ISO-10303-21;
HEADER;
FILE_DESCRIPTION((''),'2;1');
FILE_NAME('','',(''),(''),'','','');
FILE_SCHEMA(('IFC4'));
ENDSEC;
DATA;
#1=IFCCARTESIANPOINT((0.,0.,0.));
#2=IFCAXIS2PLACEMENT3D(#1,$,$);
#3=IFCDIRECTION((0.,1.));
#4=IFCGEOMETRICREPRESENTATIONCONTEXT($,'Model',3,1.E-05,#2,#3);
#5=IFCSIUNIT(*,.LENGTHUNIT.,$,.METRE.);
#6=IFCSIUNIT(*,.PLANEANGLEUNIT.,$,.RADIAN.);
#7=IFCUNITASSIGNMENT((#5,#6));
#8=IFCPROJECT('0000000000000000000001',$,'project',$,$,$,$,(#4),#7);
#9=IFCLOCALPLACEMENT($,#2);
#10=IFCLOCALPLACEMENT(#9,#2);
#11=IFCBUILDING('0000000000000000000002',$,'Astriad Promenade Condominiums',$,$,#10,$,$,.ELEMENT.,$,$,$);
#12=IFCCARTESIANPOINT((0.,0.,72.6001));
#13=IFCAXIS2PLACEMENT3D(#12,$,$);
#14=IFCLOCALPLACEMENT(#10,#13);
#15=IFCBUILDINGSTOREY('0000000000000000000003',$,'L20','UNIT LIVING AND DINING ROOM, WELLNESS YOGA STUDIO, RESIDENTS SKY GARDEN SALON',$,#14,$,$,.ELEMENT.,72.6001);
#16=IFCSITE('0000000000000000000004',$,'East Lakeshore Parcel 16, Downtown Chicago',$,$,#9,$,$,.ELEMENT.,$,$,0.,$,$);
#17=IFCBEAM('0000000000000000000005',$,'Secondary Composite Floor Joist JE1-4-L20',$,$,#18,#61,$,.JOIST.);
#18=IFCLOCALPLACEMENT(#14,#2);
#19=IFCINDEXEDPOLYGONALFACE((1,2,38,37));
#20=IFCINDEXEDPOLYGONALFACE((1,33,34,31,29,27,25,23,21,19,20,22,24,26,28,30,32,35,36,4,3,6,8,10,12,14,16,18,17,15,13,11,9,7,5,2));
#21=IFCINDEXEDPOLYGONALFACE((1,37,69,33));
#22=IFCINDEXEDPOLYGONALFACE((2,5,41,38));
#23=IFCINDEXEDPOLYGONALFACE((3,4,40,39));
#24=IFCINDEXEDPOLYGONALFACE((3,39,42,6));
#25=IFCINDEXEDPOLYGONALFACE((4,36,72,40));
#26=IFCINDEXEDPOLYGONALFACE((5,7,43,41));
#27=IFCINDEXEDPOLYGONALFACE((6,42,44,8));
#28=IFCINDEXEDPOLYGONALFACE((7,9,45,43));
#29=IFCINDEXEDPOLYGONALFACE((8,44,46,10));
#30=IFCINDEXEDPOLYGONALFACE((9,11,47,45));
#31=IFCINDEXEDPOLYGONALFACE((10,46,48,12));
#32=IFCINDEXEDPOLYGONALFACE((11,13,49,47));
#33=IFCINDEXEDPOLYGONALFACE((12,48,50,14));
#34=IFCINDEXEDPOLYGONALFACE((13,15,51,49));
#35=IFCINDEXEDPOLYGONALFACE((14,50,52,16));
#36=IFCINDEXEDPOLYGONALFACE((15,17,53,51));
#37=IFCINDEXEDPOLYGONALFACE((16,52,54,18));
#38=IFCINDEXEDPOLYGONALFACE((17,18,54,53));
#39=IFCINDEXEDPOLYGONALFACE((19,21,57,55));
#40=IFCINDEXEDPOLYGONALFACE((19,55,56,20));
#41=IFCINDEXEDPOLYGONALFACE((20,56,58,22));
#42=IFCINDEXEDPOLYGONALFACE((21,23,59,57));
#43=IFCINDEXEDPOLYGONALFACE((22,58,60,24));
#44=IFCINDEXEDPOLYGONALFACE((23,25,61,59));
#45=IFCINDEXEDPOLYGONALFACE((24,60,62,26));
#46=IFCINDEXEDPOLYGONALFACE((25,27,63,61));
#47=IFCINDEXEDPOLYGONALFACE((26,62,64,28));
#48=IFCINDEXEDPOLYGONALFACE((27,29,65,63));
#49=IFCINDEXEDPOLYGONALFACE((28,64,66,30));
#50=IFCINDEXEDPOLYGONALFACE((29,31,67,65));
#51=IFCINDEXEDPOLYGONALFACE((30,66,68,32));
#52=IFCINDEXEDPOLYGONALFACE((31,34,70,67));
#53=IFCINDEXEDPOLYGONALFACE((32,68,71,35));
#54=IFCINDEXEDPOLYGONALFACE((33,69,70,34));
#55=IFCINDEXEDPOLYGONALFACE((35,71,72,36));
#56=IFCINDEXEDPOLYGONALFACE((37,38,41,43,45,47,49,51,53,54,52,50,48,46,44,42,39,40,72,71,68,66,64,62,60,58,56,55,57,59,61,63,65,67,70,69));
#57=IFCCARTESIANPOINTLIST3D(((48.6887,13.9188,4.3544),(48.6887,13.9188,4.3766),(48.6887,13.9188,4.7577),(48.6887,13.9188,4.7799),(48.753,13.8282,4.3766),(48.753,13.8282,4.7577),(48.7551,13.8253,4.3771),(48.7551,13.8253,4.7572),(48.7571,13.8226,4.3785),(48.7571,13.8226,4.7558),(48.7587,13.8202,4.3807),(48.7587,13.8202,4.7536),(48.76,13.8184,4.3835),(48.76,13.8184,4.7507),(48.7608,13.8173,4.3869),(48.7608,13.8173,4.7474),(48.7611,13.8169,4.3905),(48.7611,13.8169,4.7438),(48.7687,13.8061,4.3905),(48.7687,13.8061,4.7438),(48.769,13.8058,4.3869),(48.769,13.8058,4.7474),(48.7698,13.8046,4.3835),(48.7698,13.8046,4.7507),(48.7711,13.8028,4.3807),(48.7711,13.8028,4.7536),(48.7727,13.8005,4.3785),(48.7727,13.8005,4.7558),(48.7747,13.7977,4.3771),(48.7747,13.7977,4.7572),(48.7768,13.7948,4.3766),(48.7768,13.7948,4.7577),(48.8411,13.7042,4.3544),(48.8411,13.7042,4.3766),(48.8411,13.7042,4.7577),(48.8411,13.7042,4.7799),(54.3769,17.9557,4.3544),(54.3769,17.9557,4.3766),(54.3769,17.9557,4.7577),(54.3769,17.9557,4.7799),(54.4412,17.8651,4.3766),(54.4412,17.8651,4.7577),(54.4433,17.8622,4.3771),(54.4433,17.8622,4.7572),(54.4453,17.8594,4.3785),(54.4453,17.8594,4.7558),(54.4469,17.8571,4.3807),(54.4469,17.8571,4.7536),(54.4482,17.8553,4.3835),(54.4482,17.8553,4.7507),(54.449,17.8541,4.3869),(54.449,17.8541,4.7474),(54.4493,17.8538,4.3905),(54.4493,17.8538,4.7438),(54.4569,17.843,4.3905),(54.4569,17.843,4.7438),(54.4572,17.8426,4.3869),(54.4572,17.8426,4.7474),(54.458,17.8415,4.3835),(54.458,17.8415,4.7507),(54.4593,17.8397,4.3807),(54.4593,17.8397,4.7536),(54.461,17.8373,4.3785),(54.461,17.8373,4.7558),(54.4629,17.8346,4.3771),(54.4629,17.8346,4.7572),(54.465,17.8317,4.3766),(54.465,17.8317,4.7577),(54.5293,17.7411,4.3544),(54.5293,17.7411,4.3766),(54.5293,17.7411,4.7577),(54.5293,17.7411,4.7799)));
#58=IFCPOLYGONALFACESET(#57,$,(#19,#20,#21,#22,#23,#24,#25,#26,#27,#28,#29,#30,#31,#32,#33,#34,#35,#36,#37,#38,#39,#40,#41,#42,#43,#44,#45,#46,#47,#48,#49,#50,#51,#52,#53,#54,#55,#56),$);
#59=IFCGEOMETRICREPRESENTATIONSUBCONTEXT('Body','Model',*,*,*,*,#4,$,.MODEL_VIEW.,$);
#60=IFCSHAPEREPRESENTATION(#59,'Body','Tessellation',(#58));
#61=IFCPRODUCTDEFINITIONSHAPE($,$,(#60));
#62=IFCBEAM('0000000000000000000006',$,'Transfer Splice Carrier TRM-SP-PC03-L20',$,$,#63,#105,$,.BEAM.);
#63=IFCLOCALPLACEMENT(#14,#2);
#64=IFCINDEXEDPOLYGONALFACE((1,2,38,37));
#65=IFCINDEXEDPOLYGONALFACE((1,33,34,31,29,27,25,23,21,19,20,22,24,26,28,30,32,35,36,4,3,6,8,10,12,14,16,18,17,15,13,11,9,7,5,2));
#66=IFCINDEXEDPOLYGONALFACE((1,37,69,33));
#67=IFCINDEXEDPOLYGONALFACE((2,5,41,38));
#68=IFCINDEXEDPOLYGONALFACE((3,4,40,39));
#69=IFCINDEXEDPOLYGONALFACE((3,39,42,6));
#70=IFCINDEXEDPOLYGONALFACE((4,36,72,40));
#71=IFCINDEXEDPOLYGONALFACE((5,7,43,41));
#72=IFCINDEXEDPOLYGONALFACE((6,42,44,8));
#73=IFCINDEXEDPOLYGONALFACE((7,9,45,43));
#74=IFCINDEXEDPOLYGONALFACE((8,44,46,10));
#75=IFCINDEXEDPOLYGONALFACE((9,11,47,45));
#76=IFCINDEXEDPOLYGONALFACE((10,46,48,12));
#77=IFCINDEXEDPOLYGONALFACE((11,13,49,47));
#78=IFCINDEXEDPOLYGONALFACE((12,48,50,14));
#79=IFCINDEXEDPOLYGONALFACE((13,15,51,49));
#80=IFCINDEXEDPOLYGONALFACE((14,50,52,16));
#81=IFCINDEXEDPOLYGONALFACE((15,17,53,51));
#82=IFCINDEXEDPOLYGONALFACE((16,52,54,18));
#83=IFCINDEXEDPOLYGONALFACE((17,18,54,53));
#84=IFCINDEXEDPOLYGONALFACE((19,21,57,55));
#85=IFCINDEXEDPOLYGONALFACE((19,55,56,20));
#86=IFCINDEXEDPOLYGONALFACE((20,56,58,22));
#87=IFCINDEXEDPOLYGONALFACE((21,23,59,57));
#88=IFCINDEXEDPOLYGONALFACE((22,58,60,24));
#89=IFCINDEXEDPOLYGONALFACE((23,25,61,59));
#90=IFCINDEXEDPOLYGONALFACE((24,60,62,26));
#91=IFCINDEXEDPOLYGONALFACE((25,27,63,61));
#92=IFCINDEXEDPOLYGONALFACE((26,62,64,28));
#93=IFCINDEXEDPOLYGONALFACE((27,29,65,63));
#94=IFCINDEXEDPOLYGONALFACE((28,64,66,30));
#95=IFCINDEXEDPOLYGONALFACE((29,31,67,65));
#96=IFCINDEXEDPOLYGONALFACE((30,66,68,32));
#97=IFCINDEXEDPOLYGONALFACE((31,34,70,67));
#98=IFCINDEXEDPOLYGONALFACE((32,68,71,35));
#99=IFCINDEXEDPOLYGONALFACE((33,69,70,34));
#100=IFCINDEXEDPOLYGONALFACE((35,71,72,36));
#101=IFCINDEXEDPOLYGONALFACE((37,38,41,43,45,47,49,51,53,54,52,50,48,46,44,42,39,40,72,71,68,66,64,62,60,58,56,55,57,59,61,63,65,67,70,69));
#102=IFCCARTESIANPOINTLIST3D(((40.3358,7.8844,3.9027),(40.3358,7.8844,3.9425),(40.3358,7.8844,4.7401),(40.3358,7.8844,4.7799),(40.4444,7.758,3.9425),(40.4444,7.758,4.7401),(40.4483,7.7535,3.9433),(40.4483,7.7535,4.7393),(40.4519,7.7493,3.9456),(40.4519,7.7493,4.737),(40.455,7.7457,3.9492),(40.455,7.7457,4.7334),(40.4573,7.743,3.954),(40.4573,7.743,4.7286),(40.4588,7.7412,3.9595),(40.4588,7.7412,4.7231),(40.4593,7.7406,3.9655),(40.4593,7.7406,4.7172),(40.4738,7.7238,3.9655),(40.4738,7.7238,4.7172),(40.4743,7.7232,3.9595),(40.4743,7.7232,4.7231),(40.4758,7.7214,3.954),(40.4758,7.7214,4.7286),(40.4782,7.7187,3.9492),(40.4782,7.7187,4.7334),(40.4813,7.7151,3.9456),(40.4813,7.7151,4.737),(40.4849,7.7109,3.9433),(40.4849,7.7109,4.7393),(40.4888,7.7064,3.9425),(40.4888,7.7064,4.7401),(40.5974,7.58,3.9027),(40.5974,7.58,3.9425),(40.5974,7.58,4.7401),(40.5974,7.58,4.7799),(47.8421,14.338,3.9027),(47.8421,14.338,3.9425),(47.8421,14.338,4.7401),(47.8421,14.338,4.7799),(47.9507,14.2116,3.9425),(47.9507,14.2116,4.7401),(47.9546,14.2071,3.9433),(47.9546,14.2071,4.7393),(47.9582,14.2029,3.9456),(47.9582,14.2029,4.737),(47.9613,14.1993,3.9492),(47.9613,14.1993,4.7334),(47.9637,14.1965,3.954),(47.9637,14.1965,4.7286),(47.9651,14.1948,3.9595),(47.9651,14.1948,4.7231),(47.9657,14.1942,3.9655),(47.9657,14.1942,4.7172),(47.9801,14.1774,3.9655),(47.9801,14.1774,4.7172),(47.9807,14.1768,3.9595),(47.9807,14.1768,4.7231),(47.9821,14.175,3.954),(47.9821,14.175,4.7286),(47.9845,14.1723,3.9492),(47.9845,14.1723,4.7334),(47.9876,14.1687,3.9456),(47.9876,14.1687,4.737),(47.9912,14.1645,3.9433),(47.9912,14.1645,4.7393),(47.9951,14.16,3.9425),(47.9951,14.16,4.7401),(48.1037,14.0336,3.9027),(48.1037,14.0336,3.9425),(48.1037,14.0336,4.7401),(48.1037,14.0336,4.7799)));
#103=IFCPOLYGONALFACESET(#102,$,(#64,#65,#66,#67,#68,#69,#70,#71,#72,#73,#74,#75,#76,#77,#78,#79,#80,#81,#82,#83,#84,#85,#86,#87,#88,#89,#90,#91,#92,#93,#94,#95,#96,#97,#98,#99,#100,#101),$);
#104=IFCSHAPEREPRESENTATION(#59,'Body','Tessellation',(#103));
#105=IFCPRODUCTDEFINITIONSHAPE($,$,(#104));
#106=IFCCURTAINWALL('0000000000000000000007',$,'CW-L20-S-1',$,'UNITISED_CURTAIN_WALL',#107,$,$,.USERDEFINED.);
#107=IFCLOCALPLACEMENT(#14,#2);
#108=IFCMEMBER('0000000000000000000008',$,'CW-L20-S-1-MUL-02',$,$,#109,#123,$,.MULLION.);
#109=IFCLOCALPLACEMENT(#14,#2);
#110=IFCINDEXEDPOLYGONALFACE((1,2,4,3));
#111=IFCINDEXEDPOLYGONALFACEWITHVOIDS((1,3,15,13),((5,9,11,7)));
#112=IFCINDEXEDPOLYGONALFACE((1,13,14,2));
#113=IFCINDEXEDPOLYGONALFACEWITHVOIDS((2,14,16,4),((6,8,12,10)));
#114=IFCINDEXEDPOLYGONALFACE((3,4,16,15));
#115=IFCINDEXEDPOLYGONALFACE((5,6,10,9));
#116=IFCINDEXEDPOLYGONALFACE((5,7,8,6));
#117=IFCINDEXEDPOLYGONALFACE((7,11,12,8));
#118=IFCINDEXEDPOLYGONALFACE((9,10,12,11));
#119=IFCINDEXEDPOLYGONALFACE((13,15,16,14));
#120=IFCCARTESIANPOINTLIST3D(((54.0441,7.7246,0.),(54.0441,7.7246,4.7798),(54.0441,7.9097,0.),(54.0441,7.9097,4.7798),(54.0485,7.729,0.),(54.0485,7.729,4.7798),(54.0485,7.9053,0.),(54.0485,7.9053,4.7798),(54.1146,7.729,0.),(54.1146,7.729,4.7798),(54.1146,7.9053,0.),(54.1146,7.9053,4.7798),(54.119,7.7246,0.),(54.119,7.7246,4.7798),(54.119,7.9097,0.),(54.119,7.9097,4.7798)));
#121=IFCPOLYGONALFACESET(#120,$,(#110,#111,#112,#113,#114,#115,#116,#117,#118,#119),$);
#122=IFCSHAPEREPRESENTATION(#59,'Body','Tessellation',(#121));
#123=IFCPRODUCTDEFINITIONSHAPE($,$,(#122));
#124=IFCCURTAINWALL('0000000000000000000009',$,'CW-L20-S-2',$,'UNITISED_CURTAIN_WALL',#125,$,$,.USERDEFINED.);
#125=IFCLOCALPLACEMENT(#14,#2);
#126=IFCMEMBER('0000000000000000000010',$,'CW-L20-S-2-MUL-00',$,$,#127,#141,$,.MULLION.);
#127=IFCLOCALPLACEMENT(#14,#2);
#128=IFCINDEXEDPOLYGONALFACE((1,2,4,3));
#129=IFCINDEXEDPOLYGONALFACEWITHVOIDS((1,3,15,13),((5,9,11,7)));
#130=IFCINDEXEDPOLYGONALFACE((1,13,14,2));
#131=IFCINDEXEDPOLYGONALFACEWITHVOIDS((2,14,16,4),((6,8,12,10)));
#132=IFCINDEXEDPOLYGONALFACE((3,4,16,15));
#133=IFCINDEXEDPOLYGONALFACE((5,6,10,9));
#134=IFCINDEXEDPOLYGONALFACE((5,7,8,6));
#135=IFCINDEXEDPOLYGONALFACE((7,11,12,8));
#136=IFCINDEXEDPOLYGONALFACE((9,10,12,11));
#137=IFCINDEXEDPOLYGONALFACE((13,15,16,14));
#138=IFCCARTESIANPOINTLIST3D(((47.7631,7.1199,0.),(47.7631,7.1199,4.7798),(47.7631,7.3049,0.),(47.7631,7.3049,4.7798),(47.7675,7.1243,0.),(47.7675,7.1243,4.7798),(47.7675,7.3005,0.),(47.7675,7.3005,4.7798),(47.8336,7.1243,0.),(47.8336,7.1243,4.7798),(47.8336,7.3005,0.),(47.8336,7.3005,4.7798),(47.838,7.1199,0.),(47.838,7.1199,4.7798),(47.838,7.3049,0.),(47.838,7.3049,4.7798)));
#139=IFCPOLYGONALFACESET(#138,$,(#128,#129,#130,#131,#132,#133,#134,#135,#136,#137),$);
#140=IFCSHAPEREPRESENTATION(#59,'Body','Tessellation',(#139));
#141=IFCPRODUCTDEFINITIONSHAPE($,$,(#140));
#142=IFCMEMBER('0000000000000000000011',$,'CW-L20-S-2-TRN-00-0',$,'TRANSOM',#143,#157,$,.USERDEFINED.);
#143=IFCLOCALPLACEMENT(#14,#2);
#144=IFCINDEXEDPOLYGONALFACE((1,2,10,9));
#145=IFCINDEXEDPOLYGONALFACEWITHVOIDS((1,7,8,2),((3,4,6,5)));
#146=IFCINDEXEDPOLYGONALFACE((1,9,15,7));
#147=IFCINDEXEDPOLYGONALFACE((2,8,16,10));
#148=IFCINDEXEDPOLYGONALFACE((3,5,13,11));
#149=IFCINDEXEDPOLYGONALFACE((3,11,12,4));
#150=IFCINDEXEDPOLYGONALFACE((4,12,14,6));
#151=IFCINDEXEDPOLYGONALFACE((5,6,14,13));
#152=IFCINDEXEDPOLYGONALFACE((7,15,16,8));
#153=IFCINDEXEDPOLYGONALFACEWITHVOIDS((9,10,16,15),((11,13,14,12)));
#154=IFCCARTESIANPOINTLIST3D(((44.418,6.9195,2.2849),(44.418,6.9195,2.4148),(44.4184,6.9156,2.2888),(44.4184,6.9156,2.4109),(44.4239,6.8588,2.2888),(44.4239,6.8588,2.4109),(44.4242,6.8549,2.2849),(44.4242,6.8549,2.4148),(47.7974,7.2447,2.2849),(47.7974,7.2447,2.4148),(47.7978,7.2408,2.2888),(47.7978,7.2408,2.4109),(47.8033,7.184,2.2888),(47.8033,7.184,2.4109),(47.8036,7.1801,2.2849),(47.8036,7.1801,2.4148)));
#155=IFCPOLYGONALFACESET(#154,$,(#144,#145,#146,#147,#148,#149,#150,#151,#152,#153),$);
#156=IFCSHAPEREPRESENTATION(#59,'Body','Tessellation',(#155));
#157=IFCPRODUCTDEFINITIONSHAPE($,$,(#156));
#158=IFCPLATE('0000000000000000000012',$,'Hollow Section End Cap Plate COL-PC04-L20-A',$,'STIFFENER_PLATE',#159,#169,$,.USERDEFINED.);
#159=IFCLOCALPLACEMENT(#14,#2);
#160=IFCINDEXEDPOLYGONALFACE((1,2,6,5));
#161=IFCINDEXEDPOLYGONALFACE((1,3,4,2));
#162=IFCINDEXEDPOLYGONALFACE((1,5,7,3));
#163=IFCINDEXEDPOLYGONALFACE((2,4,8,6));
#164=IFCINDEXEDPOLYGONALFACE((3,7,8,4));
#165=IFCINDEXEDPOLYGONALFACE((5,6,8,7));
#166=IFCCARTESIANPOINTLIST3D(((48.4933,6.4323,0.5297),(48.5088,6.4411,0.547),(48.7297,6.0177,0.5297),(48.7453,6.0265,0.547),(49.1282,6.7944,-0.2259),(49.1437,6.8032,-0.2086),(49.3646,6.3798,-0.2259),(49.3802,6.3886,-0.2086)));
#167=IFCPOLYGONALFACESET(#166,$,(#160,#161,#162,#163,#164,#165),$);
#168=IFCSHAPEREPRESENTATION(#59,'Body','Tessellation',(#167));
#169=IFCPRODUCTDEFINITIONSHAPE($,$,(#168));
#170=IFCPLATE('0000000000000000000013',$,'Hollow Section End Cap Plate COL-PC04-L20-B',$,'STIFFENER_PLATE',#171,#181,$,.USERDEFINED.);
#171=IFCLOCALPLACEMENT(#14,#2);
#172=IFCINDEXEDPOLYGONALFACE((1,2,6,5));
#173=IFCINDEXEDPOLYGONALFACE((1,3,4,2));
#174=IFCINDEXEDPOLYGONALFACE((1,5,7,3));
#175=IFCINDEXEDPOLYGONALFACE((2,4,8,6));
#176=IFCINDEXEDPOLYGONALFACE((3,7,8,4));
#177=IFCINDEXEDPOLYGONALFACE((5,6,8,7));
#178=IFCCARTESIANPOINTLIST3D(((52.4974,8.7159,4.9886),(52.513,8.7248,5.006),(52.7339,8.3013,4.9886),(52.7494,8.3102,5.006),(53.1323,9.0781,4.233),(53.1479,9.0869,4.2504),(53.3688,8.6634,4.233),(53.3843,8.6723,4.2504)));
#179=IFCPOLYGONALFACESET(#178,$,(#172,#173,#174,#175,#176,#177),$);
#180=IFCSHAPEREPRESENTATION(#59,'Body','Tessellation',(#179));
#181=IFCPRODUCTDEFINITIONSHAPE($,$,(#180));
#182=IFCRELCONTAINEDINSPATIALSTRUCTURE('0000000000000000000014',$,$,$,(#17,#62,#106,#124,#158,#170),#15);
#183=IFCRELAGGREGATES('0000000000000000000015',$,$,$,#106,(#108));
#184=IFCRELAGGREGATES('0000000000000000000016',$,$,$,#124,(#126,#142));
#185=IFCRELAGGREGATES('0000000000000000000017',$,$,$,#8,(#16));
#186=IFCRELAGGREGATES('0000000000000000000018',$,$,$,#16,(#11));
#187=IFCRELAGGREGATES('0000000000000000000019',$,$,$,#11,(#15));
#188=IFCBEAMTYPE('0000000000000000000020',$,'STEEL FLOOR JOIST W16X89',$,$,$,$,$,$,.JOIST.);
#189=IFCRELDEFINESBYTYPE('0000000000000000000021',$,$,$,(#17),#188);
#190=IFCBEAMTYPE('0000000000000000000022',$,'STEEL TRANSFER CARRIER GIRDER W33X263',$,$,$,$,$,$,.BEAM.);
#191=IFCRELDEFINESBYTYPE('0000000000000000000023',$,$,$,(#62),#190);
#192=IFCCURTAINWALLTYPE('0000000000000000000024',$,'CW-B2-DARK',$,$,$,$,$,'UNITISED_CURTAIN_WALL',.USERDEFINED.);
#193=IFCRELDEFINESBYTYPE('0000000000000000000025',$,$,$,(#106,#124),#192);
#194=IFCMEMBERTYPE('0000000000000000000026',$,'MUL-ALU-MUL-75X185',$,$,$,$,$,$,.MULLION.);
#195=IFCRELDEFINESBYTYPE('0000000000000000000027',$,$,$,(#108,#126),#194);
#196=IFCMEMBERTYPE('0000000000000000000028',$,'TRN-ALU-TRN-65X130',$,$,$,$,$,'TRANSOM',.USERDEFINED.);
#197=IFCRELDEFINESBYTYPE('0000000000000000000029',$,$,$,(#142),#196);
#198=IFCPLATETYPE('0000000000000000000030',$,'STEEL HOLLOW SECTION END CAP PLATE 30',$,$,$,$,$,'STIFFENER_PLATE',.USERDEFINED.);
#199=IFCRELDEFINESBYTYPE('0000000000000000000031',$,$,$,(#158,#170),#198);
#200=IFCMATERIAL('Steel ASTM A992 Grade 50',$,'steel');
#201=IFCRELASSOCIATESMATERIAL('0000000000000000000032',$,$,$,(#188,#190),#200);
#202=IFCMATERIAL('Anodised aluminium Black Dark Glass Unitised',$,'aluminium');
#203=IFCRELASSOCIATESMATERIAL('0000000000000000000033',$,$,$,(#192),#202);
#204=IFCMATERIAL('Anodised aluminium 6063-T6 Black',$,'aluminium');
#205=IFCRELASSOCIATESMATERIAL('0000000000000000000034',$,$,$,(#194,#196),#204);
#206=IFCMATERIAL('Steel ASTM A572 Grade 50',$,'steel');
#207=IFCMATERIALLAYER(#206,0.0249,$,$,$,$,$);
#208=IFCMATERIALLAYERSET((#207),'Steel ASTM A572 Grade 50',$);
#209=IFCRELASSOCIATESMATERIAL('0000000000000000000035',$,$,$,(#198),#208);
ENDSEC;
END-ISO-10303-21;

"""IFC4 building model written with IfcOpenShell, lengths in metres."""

from ifc_helpers import new_model, si_unit, direction, frame, origin, origin_2d, place, context, subcontext, project, spatial, rectangle, hollow_rectangle, i_section, extrude, source, transform, mapped, material, layer, layer_set, material_profile, profile_set, type_object, type_shapes, element, aggregate, save


model = new_model("IFC4")

# Units and contexts
model_context = context("Model", 3, precision=1e-05, world=origin(), true_north=direction((0.0, 1.0)))
body_context = subcontext(model_context, "Body", "Model", "MODEL_VIEW")
ifc_project = project(units=[si_unit("LENGTHUNIT", "METRE"), si_unit("PLANEANGLEUNIT", "RADIAN")], contexts=[model_context])

# Site, building, storey
site_placement = place(None, origin())
site = spatial("IfcSite", under=ifc_project, at=site_placement, Name="East Lakeshore Parcel 16, Downtown Chicago", CompositionType="ELEMENT", RefElevation=0.0)
building_placement = place(site_placement, origin())
building = spatial("IfcBuilding", under=site, at=building_placement, Name="Astriad Promenade Condominiums", CompositionType="ELEMENT")
storey_placement = place(building_placement, frame((0.0, 0.0, 72.6001)))
storey = spatial("IfcBuildingStorey", under=building, at=storey_placement, Name="L20", Description="UNIT LIVING AND DINING ROOM, WELLNESS YOGA STUDIO, RESIDENTS SKY GARDEN SALON", CompositionType="ELEMENT", Elevation=72.6001)

# Shared definitions
ifc_material_1 = material(Name="Steel ASTM A992 Grade 50", Category="steel")

# Beams
ifc_material_profile_1 = material_profile(ifc_material_1, i_section(OverallWidth=0.2632, OverallDepth=0.4255, WebThickness=0.0132, FlangeThickness=0.0222, FilletRadius=0.0139, at=origin_2d()), Name="W16X89")
ifc_profile_set_1 = profile_set([ifc_material_profile_1], Name="Steel ASTM A992 Grade 50")
beam_type_1 = type_object("IfcBeamType", Name="STEEL FLOOR JOIST W16X89", PredefinedType="JOIST", material=ifc_profile_set_1)
shared_shape_1 = source(origin(), body_context, "Body", "SweptSolid", [
    extrude(i_section(OverallWidth=0.2632, OverallDepth=0.4255, WebThickness=0.0132, FlangeThickness=0.0222, FilletRadius=0.0139, at=origin_2d()), origin(), (0.0, 0.0, 1.0), 6.9751),
])
beam_1_placement = place(storey_placement, frame((48.7649, 13.8115, 4.5671), z_axis=(0.815503, 0.578752, 0.0), x_axis=(-0.578752, 0.815503, 0.0)))
element("IfcBeam", 1, at=beam_1_placement, inside=storey, type_object=beam_type_1, Name="Secondary Composite Floor Joist JE1-4-L20", PredefinedType="JOIST", context=body_context, shape_type="MappedRepresentation", body=[
    mapped(shared_shape_1, transform((0.0, 0.0, 0.0), scale=1.0)),
])
ifc_material_profile_2 = material_profile(ifc_material_1, i_section(OverallWidth=0.4014, OverallDepth=0.8772, WebThickness=0.0222, FlangeThickness=0.0398, FilletRadius=0.0229, at=origin_2d()), Name="W33X263")
ifc_profile_set_2 = profile_set([ifc_material_profile_2], Name="Steel ASTM A992 Grade 50")
beam_type_2 = type_object("IfcBeamType", Name="STEEL TRANSFER CARRIER GIRDER W33X263", PredefinedType="BEAM", material=ifc_profile_set_2)
shared_shape_2 = source(origin(), body_context, "Body", "SweptSolid", [
    extrude(i_section(OverallWidth=0.4014, OverallDepth=0.8772, WebThickness=0.0222, FlangeThickness=0.0398, FilletRadius=0.0229, at=origin_2d()), origin(), (0.0, 0.0, 1.0), 9.8992),
])
type_shapes(beam_type_2, [shared_shape_2])
beam_2_placement = place(storey_placement, frame((47.9729, 14.1858, 4.3413), z_axis=(-0.758277, -0.651932, 0.0), x_axis=(0.651932, -0.758277, 0.0)))
element("IfcBeam", 2, at=beam_2_placement, inside=storey, type_object=beam_type_2, Name="Transfer Splice Carrier TRM-SP-PC03-L20", PredefinedType="BEAM", context=body_context, shape_type="MappedRepresentation", body=[
    mapped(shared_shape_2, transform((0.0, 0.0, 0.0), scale=1.0)),
])

# Curtain wall, member
ifc_material_2 = material(Name="Anodised aluminium Black Dark Glass Unitised", Category="aluminium")
curtain_wall_type = type_object("IfcCurtainWallType", Name="CW-B2-DARK", ElementType="UNITISED_CURTAIN_WALL", PredefinedType="USERDEFINED", material=ifc_material_2)
curtain_wall_1_placement = place(storey_placement, origin())
curtain_wall_1 = element("IfcCurtainWall", 3, at=curtain_wall_1_placement, inside=storey, type_object=curtain_wall_type, Name="CW-L20-S-1", ObjectType="UNITISED_CURTAIN_WALL", PredefinedType="USERDEFINED")
ifc_material_3 = material(Name="Anodised aluminium 6063-T6 Black", Category="aluminium")
ifc_material_profile_3 = material_profile(ifc_material_3, hollow_rectangle(XDim=0.075, YDim=0.1851, WallThickness=0.0044, at=origin_2d()), Name="ALU-MUL-75X185")
ifc_profile_set_3 = profile_set([ifc_material_profile_3], Name="Anodised aluminium 6063-T6 Black")
member_type_1 = type_object("IfcMemberType", Name="MUL-ALU-MUL-75X185", PredefinedType="MULLION", material=ifc_profile_set_3)
shared_shape_3 = source(origin(), body_context, "Body", "SweptSolid", [
    extrude(hollow_rectangle(XDim=0.075, YDim=0.1851, WallThickness=0.0044, at=origin_2d()), origin(), (0.0, 0.0, 1.0), 4.7798),
])
type_shapes(member_type_1, [shared_shape_3])
member_1_placement = place(storey_placement, frame((54.0815, 7.8171, 0.0), z_axis=(0.0, 0.0, 1.0), x_axis=(1.0, 0.0, 0.0)))
member_1 = element("IfcMember", 4, at=member_1_placement, type_object=member_type_1, Name="CW-L20-S-1-MUL-02", PredefinedType="MULLION", context=body_context, shape_type="MappedRepresentation", body=[
    mapped(shared_shape_3, transform((0.0, 0.0, 0.0), scale=1.0)),
])
aggregate(curtain_wall_1, [member_1])

# Curtain wall, members
curtain_wall_2_placement = place(storey_placement, origin())
curtain_wall_2 = element("IfcCurtainWall", 5, at=curtain_wall_2_placement, inside=storey, type_object=curtain_wall_type, Name="CW-L20-S-2", ObjectType="UNITISED_CURTAIN_WALL", PredefinedType="USERDEFINED")
member_2_placement = place(storey_placement, frame((47.8005, 7.2124, 0.0), z_axis=(0.0, 0.0, 1.0), x_axis=(1.0, 0.0, 0.0)))
member_2 = element("IfcMember", 6, at=member_2_placement, type_object=member_type_1, Name="CW-L20-S-2-MUL-00", PredefinedType="MULLION", context=body_context, shape_type="MappedRepresentation", body=[
    mapped(shared_shape_3, transform((0.0, 0.0, 0.0), scale=1.0)),
])
ifc_material_profile_4 = material_profile(ifc_material_3, hollow_rectangle(XDim=0.0649, YDim=0.1299, WallThickness=0.0039, at=origin_2d()), Name="ALU-TRN-65X130")
ifc_profile_set_4 = profile_set([ifc_material_profile_4], Name="Anodised aluminium 6063-T6 Black")
member_type_2 = type_object("IfcMemberType", Name="TRN-ALU-TRN-65X130", ElementType="TRANSOM", PredefinedType="USERDEFINED", material=ifc_profile_set_4)
shared_shape_4 = source(origin(), body_context, "Body", "SweptSolid", [
    extrude(hollow_rectangle(XDim=0.0649, YDim=0.1299, WallThickness=0.0039, at=origin_2d()), origin(), (0.0, 0.0, 1.0), 3.395),
])
type_shapes(member_type_2, [shared_shape_4])
member_3_placement = place(storey_placement, frame((47.8005, 7.2124, 2.3499), z_axis=(-0.995402, -0.095786, 0.0), x_axis=(0.095786, -0.995402, 0.0)))
member_3 = element("IfcMember", 7, at=member_3_placement, type_object=member_type_2, Name="CW-L20-S-2-TRN-00-0", ObjectType="TRANSOM", PredefinedType="USERDEFINED", context=body_context, shape_type="MappedRepresentation", body=[
    mapped(shared_shape_4, transform((0.0, 0.0, 0.0), scale=1.0)),
])

# Plates
ifc_material_4 = material(Name="Steel ASTM A572 Grade 50", Category="steel")
ifc_layer_1 = layer(ifc_material_4, 0.0249)
ifc_layer_set_1 = layer_set([ifc_layer_1], Name="Steel ASTM A572 Grade 50")
plate_type_1 = type_object("IfcPlateType", Name="STEEL HOLLOW SECTION END CAP PLATE 30", ElementType="STIFFENER_PLATE", PredefinedType="USERDEFINED", material=ifc_layer_set_1)
shared_shape_5 = source(origin(), body_context, "Body", "SweptSolid", [
    extrude(rectangle(XDim=0.4773, YDim=1.0513, at=origin_2d()), origin(), (0.0, 0.0, 1.0), 0.0249),
])
type_shapes(plate_type_1, [shared_shape_5])
for number, where, z_axis, x_axis, name in (
    (8, (48.929, 6.406, 0.1519), (0.624346, 0.356074, 0.695273), (-0.495409, 0.86866, 0.0), "Hollow Section End Cap Plate COL-PC04-L20-A"),
    (9, (52.9331, 8.6897, 4.6108), (0.624346, 0.356074, 0.695273), (-0.495409, 0.86866, 0.0), "Hollow Section End Cap Plate COL-PC04-L20-B"),
):
    element("IfcPlate", number, at=place(storey_placement, frame(where, z_axis=z_axis, x_axis=x_axis)), inside=storey, type_object=plate_type_1, Name=name, ObjectType="STIFFENER_PLATE", PredefinedType="USERDEFINED", context=body_context, shape_type="MappedRepresentation", body=[
        mapped(shared_shape_5, transform((0.0, 0.0, 0.0), scale=1.0)),
    ])

aggregate(curtain_wall_2, [member_2, member_3])

save(model, "model.ifc")
